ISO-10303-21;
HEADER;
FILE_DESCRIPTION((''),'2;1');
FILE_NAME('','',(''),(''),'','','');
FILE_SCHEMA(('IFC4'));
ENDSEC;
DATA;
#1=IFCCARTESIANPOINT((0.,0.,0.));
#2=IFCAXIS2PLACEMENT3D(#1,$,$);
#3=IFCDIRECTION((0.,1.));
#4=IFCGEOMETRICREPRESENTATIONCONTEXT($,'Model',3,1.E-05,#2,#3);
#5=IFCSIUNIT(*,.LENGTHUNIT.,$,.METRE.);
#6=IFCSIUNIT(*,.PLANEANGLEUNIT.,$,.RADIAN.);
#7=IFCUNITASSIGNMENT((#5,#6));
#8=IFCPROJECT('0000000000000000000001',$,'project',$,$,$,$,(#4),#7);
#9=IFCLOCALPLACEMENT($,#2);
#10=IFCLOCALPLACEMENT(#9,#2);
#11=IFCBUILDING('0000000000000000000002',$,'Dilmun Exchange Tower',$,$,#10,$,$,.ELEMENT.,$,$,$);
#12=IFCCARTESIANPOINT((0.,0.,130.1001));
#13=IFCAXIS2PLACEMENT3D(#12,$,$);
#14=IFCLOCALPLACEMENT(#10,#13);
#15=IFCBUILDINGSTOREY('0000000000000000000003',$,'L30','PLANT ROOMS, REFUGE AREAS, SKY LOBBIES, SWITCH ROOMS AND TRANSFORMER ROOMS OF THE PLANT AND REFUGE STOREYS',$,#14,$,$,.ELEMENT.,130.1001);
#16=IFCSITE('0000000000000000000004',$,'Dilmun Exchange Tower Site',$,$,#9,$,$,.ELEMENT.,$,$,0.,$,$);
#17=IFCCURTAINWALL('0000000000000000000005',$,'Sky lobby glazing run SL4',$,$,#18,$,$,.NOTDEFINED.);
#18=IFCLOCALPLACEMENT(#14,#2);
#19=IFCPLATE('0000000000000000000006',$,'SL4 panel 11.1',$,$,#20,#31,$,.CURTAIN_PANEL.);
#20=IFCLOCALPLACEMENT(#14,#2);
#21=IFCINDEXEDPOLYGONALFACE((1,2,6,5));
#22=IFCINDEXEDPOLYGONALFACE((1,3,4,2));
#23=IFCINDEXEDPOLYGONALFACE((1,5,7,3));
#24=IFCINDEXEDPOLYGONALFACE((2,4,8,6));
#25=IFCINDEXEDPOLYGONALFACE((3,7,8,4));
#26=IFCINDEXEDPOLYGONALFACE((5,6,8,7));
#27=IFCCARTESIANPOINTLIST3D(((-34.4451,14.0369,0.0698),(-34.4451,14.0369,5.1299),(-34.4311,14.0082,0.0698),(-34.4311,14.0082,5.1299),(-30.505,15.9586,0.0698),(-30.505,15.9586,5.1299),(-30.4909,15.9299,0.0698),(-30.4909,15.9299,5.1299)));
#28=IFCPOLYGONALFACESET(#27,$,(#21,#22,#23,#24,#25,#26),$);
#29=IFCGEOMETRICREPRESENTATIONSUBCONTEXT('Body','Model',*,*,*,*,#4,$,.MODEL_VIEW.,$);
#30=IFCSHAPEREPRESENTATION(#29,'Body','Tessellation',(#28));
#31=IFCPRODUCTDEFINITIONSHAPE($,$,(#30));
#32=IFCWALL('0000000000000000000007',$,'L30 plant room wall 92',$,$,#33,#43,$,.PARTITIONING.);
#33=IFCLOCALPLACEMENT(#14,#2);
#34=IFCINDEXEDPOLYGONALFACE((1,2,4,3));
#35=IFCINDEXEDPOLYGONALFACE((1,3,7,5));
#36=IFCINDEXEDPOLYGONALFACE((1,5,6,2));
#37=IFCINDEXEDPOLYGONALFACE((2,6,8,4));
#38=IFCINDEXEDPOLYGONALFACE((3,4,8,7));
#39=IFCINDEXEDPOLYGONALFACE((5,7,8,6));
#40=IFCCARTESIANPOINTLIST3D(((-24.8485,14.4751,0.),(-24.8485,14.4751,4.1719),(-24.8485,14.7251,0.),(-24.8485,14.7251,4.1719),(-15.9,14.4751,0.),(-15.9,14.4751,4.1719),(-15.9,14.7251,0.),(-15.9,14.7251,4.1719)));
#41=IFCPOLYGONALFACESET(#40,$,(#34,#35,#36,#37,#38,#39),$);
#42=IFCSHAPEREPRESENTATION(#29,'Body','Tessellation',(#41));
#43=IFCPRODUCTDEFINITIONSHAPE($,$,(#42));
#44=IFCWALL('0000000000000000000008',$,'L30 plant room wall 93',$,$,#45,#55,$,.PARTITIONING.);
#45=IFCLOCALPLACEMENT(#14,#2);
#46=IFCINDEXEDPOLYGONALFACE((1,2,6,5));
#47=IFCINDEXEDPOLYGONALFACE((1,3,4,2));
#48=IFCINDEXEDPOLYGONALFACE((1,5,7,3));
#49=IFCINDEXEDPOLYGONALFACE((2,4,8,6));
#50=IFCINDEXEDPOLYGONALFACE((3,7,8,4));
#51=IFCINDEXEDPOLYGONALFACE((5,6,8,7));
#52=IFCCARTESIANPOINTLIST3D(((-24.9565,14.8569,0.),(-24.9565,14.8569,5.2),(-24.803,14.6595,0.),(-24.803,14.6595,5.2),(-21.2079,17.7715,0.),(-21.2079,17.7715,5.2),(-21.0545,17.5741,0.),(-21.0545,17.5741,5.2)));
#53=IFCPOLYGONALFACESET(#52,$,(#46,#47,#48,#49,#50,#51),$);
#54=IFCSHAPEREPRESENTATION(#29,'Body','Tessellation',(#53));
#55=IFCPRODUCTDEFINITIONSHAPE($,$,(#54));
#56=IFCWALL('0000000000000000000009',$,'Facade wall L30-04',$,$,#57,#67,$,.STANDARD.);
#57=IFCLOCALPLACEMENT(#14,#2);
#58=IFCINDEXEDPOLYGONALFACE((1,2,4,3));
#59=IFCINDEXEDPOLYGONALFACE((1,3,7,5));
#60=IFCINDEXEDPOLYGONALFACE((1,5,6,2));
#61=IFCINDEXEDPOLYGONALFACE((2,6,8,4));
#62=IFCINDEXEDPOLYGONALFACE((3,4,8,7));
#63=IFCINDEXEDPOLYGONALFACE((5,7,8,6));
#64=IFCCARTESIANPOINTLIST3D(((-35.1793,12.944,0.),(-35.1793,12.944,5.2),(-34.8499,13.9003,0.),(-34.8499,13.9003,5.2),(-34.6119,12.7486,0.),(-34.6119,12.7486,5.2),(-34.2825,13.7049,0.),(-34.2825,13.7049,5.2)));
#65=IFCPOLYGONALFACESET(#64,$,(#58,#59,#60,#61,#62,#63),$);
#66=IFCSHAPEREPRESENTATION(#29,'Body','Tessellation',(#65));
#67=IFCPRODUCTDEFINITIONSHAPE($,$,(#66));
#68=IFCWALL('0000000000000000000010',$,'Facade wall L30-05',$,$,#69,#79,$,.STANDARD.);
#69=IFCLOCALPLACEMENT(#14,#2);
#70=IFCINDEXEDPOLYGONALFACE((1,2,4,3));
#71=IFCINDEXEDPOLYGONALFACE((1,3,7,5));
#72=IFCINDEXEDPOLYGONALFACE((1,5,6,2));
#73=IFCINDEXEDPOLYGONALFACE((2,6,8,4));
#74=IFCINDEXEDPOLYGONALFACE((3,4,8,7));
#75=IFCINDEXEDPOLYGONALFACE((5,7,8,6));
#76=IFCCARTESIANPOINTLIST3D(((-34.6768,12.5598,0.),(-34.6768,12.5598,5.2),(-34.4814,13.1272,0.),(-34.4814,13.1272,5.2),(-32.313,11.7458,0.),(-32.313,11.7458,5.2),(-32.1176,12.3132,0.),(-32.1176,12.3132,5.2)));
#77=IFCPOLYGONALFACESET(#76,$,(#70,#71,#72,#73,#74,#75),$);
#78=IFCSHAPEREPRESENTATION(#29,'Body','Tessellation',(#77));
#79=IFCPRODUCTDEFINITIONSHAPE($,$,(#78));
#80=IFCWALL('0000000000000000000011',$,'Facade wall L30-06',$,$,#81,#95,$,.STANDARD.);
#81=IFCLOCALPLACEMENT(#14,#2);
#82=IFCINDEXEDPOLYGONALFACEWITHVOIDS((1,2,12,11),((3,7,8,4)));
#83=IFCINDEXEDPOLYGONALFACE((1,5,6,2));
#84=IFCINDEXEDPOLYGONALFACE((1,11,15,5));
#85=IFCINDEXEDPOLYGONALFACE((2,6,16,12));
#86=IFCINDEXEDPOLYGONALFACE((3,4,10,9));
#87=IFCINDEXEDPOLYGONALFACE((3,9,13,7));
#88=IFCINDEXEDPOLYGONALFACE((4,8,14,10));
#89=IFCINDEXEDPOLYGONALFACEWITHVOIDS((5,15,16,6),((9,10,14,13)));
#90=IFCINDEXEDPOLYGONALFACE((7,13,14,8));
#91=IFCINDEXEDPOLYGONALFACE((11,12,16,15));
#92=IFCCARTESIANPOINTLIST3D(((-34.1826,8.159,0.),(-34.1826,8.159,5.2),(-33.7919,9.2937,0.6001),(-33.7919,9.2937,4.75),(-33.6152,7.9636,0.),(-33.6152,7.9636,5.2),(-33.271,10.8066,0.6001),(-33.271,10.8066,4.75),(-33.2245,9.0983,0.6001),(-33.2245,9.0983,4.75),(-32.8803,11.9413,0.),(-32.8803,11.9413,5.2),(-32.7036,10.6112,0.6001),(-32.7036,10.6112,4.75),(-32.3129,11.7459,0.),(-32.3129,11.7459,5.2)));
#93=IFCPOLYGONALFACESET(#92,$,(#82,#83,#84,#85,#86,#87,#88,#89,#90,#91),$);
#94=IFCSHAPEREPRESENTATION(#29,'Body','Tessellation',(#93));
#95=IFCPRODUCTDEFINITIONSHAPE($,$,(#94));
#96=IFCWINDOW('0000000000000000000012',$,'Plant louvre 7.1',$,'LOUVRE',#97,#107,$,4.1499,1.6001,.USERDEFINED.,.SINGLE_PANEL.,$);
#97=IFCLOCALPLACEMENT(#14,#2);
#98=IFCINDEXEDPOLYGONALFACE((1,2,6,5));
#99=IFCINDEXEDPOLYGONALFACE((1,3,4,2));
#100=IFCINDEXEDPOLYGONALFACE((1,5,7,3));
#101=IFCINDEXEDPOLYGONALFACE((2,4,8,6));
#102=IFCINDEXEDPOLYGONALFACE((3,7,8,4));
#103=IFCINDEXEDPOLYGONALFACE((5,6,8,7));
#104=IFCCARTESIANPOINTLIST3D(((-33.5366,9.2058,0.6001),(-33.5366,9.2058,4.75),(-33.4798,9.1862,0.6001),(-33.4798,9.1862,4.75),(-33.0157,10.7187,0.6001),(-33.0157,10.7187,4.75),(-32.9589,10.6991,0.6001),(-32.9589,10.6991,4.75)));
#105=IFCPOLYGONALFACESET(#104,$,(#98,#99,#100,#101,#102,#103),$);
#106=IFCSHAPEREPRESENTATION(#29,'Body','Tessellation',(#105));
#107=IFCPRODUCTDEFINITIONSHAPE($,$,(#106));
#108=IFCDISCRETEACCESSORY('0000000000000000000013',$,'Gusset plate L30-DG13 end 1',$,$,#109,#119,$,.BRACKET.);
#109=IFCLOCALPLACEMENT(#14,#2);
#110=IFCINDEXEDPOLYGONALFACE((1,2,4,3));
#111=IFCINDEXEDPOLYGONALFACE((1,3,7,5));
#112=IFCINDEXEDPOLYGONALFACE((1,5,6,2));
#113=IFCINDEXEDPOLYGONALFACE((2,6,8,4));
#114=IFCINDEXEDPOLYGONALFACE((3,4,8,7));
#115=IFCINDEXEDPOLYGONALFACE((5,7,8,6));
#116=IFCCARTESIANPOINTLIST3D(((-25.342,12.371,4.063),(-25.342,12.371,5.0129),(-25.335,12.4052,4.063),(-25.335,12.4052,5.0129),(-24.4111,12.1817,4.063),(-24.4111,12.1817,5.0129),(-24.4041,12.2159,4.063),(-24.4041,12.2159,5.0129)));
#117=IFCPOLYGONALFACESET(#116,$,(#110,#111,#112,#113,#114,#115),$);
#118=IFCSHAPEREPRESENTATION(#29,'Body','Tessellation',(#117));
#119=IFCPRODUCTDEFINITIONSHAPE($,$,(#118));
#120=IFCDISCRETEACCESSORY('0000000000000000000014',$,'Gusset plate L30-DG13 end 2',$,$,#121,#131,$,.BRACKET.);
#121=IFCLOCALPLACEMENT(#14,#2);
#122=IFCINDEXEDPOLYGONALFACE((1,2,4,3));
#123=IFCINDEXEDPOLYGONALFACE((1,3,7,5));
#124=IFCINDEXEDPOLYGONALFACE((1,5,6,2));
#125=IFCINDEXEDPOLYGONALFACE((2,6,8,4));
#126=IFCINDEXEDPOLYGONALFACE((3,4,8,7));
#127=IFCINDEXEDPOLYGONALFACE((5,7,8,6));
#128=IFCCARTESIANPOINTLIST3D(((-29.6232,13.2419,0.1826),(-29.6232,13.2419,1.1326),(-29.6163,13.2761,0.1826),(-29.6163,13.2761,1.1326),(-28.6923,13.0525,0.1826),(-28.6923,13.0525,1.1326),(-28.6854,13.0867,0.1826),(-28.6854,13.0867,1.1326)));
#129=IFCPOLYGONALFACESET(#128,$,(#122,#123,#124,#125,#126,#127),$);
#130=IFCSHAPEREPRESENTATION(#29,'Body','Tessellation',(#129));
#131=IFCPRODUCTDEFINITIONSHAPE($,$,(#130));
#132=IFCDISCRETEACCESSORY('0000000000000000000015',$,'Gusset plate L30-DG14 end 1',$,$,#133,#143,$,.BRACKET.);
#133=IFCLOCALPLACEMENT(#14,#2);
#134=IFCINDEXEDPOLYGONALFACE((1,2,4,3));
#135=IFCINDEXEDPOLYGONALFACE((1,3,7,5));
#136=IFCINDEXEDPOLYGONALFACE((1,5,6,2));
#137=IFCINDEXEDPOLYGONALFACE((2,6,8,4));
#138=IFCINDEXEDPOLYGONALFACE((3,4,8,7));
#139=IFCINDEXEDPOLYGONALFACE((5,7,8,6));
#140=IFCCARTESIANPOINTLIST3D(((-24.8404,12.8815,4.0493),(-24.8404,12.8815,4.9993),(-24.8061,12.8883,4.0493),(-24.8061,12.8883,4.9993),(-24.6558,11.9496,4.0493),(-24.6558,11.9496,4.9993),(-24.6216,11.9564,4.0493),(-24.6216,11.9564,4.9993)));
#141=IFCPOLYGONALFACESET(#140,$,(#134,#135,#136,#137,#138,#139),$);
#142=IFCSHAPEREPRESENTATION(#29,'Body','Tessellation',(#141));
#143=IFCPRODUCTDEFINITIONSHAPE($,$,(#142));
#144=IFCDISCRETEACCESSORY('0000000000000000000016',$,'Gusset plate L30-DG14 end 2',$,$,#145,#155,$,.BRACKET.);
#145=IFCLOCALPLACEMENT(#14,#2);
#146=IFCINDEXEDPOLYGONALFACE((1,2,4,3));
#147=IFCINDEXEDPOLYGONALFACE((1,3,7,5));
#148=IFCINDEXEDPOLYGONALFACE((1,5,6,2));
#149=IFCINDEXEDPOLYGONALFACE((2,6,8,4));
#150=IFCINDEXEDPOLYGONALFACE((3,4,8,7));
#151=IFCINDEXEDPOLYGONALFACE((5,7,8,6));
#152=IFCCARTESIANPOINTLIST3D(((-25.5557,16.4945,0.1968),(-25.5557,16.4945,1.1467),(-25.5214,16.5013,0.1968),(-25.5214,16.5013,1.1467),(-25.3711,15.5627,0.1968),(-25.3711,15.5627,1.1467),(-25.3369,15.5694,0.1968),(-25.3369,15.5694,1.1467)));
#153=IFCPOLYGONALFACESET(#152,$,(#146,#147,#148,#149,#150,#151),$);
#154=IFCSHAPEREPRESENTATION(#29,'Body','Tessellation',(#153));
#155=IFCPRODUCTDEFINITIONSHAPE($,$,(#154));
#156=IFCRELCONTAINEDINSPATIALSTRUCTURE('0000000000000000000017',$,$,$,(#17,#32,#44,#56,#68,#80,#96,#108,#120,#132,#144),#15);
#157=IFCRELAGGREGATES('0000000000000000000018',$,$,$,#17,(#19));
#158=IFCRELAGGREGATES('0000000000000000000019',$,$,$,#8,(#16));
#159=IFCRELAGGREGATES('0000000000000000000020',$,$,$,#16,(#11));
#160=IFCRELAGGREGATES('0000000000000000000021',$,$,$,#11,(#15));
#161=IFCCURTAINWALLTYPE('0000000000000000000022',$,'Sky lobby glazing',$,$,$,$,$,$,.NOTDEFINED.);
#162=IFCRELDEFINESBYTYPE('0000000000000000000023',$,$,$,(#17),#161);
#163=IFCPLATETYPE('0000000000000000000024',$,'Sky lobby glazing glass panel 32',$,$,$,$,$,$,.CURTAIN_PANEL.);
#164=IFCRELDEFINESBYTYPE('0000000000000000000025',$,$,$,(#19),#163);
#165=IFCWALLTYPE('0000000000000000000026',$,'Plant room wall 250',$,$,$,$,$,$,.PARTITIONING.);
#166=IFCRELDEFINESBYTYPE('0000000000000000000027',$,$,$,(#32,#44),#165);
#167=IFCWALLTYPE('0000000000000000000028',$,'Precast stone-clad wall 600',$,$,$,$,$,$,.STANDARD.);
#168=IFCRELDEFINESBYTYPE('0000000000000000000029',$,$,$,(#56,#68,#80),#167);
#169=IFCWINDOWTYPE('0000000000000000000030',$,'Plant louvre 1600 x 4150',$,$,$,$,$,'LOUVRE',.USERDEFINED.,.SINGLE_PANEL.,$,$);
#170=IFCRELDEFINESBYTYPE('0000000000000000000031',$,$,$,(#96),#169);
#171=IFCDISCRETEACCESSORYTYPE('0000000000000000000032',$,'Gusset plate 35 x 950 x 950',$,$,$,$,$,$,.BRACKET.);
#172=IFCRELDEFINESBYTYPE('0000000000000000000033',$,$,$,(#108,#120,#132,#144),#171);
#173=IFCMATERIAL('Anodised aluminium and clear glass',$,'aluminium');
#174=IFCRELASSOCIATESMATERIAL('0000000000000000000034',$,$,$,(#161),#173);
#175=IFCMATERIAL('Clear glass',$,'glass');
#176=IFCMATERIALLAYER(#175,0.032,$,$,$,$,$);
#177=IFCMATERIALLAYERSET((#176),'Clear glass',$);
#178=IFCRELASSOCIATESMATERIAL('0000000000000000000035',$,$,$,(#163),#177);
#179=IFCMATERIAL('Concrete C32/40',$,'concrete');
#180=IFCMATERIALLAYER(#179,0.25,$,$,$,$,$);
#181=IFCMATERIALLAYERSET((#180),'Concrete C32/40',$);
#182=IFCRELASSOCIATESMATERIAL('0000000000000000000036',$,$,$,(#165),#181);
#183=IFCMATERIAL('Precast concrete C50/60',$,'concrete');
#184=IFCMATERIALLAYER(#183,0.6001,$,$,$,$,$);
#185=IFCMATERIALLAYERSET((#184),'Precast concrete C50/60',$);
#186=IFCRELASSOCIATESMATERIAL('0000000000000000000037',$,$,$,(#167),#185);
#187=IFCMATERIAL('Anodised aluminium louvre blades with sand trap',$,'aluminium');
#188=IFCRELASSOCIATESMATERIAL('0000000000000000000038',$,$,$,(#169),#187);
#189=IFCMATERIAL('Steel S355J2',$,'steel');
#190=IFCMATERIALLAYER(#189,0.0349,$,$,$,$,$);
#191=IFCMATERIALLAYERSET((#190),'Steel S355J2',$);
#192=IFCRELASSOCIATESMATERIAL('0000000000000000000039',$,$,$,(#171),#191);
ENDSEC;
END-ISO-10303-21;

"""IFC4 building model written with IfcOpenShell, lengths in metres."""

from ifc_helpers import new_model, si_unit, direction, frame, frame_2d, origin, origin_2d, place, context, subcontext, project, spatial, rectangle, extrude, material, layer, layer_set, type_object, element, fill, aggregate, save


model = new_model("IFC4")

# Units and contexts
model_context = context("Model", 3, precision=1e-05, world=origin(), true_north=direction((0.0, 1.0)))
body_context = subcontext(model_context, "Body", "Model", "MODEL_VIEW")
ifc_project = project(units=[si_unit("LENGTHUNIT", "METRE"), si_unit("PLANEANGLEUNIT", "RADIAN")], contexts=[model_context])

# Site, building, storey
site_placement = place(None, origin())
site = spatial("IfcSite", under=ifc_project, at=site_placement, Name="Dilmun Exchange Tower Site", CompositionType="ELEMENT", RefElevation=0.0)
building_placement = place(site_placement, origin())
building = spatial("IfcBuilding", under=site, at=building_placement, Name="Dilmun Exchange Tower", CompositionType="ELEMENT")
storey_placement = place(building_placement, frame((0.0, 0.0, 130.1001)))
storey = spatial("IfcBuildingStorey", under=building, at=storey_placement, Name="L30", Description="PLANT ROOMS, REFUGE AREAS, SKY LOBBIES, SWITCH ROOMS AND TRANSFORMER ROOMS OF THE PLANT AND REFUGE STOREYS", CompositionType="ELEMENT", Elevation=130.1001)

# Curtain wall
ifc_material_1 = material(Name="Anodised aluminium and clear glass", Category="aluminium")
curtain_wall_type = type_object("IfcCurtainWallType", Name="Sky lobby glazing", PredefinedType="NOTDEFINED", material=ifc_material_1)
curtain_wall_placement = place(storey_placement, origin())
curtain_wall = element("IfcCurtainWall", 1, at=curtain_wall_placement, inside=storey, type_object=curtain_wall_type, Name="Sky lobby glazing run SL4", PredefinedType="NOTDEFINED")

# Plate
ifc_material_2 = material(Name="Clear glass", Category="glass")
ifc_layer_1 = layer(ifc_material_2, 0.032)
ifc_layer_set_1 = layer_set([ifc_layer_1], Name="Clear glass")
plate_type = type_object("IfcPlateType", Name="Sky lobby glazing glass panel 32", PredefinedType="CURTAIN_PANEL", material=ifc_layer_set_1)
plate_1_placement = place(storey_placement, frame((-32.468, 14.9834, 0.0698), z_axis=(0.0, 0.0, 1.0), x_axis=(-0.898794, -0.438371, 0.0)))
plate_1 = element("IfcPlate", 2, at=plate_1_placement, type_object=plate_type, Name="SL4 panel 11.1", PredefinedType="CURTAIN_PANEL", context=body_context, shape_type="SweptSolid", body=[
    extrude(rectangle(XDim=4.3838, YDim=0.032, at=origin_2d()), origin(), (0.0, 0.0, 1.0), 5.0601),
])
aggregate(curtain_wall, [plate_1])

# Walls
ifc_material_3 = material(Name="Concrete C32/40", Category="concrete")
ifc_layer_2 = layer(ifc_material_3, 0.25)
ifc_layer_set_2 = layer_set([ifc_layer_2], Name="Concrete C32/40")
wall_type_1 = type_object("IfcWallType", Name="Plant room wall 250", PredefinedType="PARTITIONING", material=ifc_layer_set_2)
wall_1_placement = place(storey_placement, frame((-24.8484, 14.6001, 0.0), z_axis=(0.0, 0.0, 1.0), x_axis=(1.0, 0.0, 0.0)))
element("IfcWall", 3, at=wall_1_placement, inside=storey, type_object=wall_type_1, Name="L30 plant room wall 92", PredefinedType="PARTITIONING", context=body_context, shape_type="SweptSolid", body=[
    extrude(rectangle(XDim=8.9485, YDim=0.25, at=frame_2d((4.4741, 0.0))), origin(), (0.0, 0.0, 1.0), 4.1719),
])
wall_2_placement = place(storey_placement, frame((-24.8796, 14.7583, 0.0), z_axis=(0.0, 0.0, 1.0), x_axis=(0.789452, 0.613812, 0.0)))
element("IfcWall", 4, at=wall_2_placement, inside=storey, type_object=wall_type_1, Name="L30 plant room wall 93", PredefinedType="PARTITIONING", context=body_context, shape_type="SweptSolid", body=[
    extrude(rectangle(XDim=4.7483, YDim=0.25, at=frame_2d((2.374, 0.0))), origin(), (0.0, 0.0, 1.0), 5.2),
])
ifc_material_4 = material(Name="Precast concrete C50/60", Category="concrete")
ifc_layer_3 = layer(ifc_material_4, 0.6001)
ifc_layer_set_3 = layer_set([ifc_layer_3], Name="Precast concrete C50/60")
wall_type_2 = type_object("IfcWallType", Name="Precast stone-clad wall 600", PredefinedType="STANDARD", material=ifc_layer_set_3)
wall_3_placement = place(storey_placement, frame((-34.5662, 13.8027, 0.0), z_axis=(0.0, 0.0, 1.0), x_axis=(-0.325626, -0.945499, 0.0)))
element("IfcWall", 5, at=wall_3_placement, inside=storey, type_object=wall_type_2, Name="Facade wall L30-04", PredefinedType="STANDARD", context=body_context, shape_type="SweptSolid", body=[
    extrude(rectangle(XDim=1.0115, YDim=0.6001, at=frame_2d((0.5059, 0.0))), origin(), (0.0, 0.0, 1.0), 5.2),
])
wall_4_placement = place(storey_placement, frame((-34.5791, 12.8435, 0.0), z_axis=(0.0, 0.0, 1.0), x_axis=(0.945512, -0.325587, 0.0)))
element("IfcWall", 6, at=wall_4_placement, inside=storey, type_object=wall_type_2, Name="Facade wall L30-05", PredefinedType="STANDARD", context=body_context, shape_type="SweptSolid", body=[
    extrude(rectangle(XDim=2.5, YDim=0.6001, at=frame_2d((1.25, 0.0))), origin(), (0.0, 0.0, 1.0), 5.2),
])

# Wall, opening, window
wall_5_placement = place(storey_placement, frame((-32.5967, 11.8435, 0.0), z_axis=(0.0, 0.0, 1.0), x_axis=(-0.325551, -0.945525, 0.0)))
wall_5 = element("IfcWall", 7, at=wall_5_placement, inside=storey, type_object=wall_type_2, Name="Facade wall L30-06", PredefinedType="STANDARD", context=body_context, shape_type="SweptSolid", body=[
    extrude(rectangle(XDim=4.0002, YDim=0.6001, at=frame_2d((2.0, 0.0))), origin(), (0.0, 0.0, 1.0), 5.2),
])
opening_placement = place(wall_5_placement, frame((1.2, 0.0, 0.6001)))
opening = element("IfcOpeningElement", 8, at=opening_placement, cuts=wall_5, PredefinedType="OPENING", context=body_context, shape_type="SweptSolid", body=[
    extrude(rectangle(XDim=1.6001, YDim=4.1499, at=frame_2d((0.8, 2.075))), frame((0.0, 0.3101, 0.0), z_axis=(0.0, -1.0, 0.0), x_axis=(1.0, 0.0, 0.0)), (0.0, 0.0, 1.0), 0.6201),
])
ifc_material_5 = material(Name="Anodised aluminium louvre blades with sand trap", Category="aluminium")
window_type = type_object("IfcWindowType", Name="Plant louvre 1600 x 4150", ElementType="LOUVRE", PartitioningType="SINGLE_PANEL", PredefinedType="USERDEFINED", material=ifc_material_5)
window_placement = place(opening_placement, origin())
window = element("IfcWindow", 9, at=window_placement, inside=storey, type_object=window_type, Name="Plant louvre 7.1", ObjectType="LOUVRE", OverallHeight=4.1499, OverallWidth=1.6001, PartitioningType="SINGLE_PANEL", PredefinedType="USERDEFINED", context=body_context, shape_type="SweptSolid", body=[
    extrude(rectangle(XDim=1.6001, YDim=4.1499, at=frame_2d((0.8, 2.075))), frame((0.0, 0.03, 0.0), z_axis=(0.0, -1.0, 0.0), x_axis=(1.0, 0.0, 0.0)), (0.0, 0.0, 1.0), 0.0601),
])
fill(opening, window)

# Discrete accessories
ifc_material_6 = material(Name="Steel S355J2", Category="steel")
ifc_layer_4 = layer(ifc_material_6, 0.0349)
ifc_layer_set_4 = layer_set([ifc_layer_4], Name="Steel S355J2")
discrete_accessory_type = type_object("IfcDiscreteAccessoryType", Name="Gusset plate 35 x 950 x 950", PredefinedType="BRACKET", material=ifc_layer_set_4)
for number, where, z_axis, x_axis, name in (
    (10, (-24.873, 12.2935, 4.063), (0.0, 0.0, 1.0), (-0.979934, 0.199323, 0.0), "Gusset plate L30-DG13 end 1"),
    (11, (-29.1543, 13.1643, 0.1826), (0.0, 0.0, 1.0), (-0.979934, 0.199323, 0.0), "Gusset plate L30-DG13 end 2"),
    (12, (-24.731, 12.4189, 4.0493), (0.0, 0.0, 1.0), (-0.194275, 0.980947, 0.0), "Gusset plate L30-DG14 end 1"),
    (13, (-25.4463, 16.032, 0.1968), (0.0, 0.0, 1.0), (-0.194275, 0.980947, 0.0), "Gusset plate L30-DG14 end 2"),
):
    element("IfcDiscreteAccessory", number, at=place(storey_placement, frame(where, z_axis=z_axis, x_axis=x_axis)), inside=storey, type_object=discrete_accessory_type, Name=name, PredefinedType="BRACKET", context=body_context, shape_type="SweptSolid", body=[
        extrude(rectangle(XDim=0.95, YDim=0.0349, at=origin_2d()), origin(), (0.0, 0.0, 1.0), 0.95),
    ])

save(model, "model.ifc")
